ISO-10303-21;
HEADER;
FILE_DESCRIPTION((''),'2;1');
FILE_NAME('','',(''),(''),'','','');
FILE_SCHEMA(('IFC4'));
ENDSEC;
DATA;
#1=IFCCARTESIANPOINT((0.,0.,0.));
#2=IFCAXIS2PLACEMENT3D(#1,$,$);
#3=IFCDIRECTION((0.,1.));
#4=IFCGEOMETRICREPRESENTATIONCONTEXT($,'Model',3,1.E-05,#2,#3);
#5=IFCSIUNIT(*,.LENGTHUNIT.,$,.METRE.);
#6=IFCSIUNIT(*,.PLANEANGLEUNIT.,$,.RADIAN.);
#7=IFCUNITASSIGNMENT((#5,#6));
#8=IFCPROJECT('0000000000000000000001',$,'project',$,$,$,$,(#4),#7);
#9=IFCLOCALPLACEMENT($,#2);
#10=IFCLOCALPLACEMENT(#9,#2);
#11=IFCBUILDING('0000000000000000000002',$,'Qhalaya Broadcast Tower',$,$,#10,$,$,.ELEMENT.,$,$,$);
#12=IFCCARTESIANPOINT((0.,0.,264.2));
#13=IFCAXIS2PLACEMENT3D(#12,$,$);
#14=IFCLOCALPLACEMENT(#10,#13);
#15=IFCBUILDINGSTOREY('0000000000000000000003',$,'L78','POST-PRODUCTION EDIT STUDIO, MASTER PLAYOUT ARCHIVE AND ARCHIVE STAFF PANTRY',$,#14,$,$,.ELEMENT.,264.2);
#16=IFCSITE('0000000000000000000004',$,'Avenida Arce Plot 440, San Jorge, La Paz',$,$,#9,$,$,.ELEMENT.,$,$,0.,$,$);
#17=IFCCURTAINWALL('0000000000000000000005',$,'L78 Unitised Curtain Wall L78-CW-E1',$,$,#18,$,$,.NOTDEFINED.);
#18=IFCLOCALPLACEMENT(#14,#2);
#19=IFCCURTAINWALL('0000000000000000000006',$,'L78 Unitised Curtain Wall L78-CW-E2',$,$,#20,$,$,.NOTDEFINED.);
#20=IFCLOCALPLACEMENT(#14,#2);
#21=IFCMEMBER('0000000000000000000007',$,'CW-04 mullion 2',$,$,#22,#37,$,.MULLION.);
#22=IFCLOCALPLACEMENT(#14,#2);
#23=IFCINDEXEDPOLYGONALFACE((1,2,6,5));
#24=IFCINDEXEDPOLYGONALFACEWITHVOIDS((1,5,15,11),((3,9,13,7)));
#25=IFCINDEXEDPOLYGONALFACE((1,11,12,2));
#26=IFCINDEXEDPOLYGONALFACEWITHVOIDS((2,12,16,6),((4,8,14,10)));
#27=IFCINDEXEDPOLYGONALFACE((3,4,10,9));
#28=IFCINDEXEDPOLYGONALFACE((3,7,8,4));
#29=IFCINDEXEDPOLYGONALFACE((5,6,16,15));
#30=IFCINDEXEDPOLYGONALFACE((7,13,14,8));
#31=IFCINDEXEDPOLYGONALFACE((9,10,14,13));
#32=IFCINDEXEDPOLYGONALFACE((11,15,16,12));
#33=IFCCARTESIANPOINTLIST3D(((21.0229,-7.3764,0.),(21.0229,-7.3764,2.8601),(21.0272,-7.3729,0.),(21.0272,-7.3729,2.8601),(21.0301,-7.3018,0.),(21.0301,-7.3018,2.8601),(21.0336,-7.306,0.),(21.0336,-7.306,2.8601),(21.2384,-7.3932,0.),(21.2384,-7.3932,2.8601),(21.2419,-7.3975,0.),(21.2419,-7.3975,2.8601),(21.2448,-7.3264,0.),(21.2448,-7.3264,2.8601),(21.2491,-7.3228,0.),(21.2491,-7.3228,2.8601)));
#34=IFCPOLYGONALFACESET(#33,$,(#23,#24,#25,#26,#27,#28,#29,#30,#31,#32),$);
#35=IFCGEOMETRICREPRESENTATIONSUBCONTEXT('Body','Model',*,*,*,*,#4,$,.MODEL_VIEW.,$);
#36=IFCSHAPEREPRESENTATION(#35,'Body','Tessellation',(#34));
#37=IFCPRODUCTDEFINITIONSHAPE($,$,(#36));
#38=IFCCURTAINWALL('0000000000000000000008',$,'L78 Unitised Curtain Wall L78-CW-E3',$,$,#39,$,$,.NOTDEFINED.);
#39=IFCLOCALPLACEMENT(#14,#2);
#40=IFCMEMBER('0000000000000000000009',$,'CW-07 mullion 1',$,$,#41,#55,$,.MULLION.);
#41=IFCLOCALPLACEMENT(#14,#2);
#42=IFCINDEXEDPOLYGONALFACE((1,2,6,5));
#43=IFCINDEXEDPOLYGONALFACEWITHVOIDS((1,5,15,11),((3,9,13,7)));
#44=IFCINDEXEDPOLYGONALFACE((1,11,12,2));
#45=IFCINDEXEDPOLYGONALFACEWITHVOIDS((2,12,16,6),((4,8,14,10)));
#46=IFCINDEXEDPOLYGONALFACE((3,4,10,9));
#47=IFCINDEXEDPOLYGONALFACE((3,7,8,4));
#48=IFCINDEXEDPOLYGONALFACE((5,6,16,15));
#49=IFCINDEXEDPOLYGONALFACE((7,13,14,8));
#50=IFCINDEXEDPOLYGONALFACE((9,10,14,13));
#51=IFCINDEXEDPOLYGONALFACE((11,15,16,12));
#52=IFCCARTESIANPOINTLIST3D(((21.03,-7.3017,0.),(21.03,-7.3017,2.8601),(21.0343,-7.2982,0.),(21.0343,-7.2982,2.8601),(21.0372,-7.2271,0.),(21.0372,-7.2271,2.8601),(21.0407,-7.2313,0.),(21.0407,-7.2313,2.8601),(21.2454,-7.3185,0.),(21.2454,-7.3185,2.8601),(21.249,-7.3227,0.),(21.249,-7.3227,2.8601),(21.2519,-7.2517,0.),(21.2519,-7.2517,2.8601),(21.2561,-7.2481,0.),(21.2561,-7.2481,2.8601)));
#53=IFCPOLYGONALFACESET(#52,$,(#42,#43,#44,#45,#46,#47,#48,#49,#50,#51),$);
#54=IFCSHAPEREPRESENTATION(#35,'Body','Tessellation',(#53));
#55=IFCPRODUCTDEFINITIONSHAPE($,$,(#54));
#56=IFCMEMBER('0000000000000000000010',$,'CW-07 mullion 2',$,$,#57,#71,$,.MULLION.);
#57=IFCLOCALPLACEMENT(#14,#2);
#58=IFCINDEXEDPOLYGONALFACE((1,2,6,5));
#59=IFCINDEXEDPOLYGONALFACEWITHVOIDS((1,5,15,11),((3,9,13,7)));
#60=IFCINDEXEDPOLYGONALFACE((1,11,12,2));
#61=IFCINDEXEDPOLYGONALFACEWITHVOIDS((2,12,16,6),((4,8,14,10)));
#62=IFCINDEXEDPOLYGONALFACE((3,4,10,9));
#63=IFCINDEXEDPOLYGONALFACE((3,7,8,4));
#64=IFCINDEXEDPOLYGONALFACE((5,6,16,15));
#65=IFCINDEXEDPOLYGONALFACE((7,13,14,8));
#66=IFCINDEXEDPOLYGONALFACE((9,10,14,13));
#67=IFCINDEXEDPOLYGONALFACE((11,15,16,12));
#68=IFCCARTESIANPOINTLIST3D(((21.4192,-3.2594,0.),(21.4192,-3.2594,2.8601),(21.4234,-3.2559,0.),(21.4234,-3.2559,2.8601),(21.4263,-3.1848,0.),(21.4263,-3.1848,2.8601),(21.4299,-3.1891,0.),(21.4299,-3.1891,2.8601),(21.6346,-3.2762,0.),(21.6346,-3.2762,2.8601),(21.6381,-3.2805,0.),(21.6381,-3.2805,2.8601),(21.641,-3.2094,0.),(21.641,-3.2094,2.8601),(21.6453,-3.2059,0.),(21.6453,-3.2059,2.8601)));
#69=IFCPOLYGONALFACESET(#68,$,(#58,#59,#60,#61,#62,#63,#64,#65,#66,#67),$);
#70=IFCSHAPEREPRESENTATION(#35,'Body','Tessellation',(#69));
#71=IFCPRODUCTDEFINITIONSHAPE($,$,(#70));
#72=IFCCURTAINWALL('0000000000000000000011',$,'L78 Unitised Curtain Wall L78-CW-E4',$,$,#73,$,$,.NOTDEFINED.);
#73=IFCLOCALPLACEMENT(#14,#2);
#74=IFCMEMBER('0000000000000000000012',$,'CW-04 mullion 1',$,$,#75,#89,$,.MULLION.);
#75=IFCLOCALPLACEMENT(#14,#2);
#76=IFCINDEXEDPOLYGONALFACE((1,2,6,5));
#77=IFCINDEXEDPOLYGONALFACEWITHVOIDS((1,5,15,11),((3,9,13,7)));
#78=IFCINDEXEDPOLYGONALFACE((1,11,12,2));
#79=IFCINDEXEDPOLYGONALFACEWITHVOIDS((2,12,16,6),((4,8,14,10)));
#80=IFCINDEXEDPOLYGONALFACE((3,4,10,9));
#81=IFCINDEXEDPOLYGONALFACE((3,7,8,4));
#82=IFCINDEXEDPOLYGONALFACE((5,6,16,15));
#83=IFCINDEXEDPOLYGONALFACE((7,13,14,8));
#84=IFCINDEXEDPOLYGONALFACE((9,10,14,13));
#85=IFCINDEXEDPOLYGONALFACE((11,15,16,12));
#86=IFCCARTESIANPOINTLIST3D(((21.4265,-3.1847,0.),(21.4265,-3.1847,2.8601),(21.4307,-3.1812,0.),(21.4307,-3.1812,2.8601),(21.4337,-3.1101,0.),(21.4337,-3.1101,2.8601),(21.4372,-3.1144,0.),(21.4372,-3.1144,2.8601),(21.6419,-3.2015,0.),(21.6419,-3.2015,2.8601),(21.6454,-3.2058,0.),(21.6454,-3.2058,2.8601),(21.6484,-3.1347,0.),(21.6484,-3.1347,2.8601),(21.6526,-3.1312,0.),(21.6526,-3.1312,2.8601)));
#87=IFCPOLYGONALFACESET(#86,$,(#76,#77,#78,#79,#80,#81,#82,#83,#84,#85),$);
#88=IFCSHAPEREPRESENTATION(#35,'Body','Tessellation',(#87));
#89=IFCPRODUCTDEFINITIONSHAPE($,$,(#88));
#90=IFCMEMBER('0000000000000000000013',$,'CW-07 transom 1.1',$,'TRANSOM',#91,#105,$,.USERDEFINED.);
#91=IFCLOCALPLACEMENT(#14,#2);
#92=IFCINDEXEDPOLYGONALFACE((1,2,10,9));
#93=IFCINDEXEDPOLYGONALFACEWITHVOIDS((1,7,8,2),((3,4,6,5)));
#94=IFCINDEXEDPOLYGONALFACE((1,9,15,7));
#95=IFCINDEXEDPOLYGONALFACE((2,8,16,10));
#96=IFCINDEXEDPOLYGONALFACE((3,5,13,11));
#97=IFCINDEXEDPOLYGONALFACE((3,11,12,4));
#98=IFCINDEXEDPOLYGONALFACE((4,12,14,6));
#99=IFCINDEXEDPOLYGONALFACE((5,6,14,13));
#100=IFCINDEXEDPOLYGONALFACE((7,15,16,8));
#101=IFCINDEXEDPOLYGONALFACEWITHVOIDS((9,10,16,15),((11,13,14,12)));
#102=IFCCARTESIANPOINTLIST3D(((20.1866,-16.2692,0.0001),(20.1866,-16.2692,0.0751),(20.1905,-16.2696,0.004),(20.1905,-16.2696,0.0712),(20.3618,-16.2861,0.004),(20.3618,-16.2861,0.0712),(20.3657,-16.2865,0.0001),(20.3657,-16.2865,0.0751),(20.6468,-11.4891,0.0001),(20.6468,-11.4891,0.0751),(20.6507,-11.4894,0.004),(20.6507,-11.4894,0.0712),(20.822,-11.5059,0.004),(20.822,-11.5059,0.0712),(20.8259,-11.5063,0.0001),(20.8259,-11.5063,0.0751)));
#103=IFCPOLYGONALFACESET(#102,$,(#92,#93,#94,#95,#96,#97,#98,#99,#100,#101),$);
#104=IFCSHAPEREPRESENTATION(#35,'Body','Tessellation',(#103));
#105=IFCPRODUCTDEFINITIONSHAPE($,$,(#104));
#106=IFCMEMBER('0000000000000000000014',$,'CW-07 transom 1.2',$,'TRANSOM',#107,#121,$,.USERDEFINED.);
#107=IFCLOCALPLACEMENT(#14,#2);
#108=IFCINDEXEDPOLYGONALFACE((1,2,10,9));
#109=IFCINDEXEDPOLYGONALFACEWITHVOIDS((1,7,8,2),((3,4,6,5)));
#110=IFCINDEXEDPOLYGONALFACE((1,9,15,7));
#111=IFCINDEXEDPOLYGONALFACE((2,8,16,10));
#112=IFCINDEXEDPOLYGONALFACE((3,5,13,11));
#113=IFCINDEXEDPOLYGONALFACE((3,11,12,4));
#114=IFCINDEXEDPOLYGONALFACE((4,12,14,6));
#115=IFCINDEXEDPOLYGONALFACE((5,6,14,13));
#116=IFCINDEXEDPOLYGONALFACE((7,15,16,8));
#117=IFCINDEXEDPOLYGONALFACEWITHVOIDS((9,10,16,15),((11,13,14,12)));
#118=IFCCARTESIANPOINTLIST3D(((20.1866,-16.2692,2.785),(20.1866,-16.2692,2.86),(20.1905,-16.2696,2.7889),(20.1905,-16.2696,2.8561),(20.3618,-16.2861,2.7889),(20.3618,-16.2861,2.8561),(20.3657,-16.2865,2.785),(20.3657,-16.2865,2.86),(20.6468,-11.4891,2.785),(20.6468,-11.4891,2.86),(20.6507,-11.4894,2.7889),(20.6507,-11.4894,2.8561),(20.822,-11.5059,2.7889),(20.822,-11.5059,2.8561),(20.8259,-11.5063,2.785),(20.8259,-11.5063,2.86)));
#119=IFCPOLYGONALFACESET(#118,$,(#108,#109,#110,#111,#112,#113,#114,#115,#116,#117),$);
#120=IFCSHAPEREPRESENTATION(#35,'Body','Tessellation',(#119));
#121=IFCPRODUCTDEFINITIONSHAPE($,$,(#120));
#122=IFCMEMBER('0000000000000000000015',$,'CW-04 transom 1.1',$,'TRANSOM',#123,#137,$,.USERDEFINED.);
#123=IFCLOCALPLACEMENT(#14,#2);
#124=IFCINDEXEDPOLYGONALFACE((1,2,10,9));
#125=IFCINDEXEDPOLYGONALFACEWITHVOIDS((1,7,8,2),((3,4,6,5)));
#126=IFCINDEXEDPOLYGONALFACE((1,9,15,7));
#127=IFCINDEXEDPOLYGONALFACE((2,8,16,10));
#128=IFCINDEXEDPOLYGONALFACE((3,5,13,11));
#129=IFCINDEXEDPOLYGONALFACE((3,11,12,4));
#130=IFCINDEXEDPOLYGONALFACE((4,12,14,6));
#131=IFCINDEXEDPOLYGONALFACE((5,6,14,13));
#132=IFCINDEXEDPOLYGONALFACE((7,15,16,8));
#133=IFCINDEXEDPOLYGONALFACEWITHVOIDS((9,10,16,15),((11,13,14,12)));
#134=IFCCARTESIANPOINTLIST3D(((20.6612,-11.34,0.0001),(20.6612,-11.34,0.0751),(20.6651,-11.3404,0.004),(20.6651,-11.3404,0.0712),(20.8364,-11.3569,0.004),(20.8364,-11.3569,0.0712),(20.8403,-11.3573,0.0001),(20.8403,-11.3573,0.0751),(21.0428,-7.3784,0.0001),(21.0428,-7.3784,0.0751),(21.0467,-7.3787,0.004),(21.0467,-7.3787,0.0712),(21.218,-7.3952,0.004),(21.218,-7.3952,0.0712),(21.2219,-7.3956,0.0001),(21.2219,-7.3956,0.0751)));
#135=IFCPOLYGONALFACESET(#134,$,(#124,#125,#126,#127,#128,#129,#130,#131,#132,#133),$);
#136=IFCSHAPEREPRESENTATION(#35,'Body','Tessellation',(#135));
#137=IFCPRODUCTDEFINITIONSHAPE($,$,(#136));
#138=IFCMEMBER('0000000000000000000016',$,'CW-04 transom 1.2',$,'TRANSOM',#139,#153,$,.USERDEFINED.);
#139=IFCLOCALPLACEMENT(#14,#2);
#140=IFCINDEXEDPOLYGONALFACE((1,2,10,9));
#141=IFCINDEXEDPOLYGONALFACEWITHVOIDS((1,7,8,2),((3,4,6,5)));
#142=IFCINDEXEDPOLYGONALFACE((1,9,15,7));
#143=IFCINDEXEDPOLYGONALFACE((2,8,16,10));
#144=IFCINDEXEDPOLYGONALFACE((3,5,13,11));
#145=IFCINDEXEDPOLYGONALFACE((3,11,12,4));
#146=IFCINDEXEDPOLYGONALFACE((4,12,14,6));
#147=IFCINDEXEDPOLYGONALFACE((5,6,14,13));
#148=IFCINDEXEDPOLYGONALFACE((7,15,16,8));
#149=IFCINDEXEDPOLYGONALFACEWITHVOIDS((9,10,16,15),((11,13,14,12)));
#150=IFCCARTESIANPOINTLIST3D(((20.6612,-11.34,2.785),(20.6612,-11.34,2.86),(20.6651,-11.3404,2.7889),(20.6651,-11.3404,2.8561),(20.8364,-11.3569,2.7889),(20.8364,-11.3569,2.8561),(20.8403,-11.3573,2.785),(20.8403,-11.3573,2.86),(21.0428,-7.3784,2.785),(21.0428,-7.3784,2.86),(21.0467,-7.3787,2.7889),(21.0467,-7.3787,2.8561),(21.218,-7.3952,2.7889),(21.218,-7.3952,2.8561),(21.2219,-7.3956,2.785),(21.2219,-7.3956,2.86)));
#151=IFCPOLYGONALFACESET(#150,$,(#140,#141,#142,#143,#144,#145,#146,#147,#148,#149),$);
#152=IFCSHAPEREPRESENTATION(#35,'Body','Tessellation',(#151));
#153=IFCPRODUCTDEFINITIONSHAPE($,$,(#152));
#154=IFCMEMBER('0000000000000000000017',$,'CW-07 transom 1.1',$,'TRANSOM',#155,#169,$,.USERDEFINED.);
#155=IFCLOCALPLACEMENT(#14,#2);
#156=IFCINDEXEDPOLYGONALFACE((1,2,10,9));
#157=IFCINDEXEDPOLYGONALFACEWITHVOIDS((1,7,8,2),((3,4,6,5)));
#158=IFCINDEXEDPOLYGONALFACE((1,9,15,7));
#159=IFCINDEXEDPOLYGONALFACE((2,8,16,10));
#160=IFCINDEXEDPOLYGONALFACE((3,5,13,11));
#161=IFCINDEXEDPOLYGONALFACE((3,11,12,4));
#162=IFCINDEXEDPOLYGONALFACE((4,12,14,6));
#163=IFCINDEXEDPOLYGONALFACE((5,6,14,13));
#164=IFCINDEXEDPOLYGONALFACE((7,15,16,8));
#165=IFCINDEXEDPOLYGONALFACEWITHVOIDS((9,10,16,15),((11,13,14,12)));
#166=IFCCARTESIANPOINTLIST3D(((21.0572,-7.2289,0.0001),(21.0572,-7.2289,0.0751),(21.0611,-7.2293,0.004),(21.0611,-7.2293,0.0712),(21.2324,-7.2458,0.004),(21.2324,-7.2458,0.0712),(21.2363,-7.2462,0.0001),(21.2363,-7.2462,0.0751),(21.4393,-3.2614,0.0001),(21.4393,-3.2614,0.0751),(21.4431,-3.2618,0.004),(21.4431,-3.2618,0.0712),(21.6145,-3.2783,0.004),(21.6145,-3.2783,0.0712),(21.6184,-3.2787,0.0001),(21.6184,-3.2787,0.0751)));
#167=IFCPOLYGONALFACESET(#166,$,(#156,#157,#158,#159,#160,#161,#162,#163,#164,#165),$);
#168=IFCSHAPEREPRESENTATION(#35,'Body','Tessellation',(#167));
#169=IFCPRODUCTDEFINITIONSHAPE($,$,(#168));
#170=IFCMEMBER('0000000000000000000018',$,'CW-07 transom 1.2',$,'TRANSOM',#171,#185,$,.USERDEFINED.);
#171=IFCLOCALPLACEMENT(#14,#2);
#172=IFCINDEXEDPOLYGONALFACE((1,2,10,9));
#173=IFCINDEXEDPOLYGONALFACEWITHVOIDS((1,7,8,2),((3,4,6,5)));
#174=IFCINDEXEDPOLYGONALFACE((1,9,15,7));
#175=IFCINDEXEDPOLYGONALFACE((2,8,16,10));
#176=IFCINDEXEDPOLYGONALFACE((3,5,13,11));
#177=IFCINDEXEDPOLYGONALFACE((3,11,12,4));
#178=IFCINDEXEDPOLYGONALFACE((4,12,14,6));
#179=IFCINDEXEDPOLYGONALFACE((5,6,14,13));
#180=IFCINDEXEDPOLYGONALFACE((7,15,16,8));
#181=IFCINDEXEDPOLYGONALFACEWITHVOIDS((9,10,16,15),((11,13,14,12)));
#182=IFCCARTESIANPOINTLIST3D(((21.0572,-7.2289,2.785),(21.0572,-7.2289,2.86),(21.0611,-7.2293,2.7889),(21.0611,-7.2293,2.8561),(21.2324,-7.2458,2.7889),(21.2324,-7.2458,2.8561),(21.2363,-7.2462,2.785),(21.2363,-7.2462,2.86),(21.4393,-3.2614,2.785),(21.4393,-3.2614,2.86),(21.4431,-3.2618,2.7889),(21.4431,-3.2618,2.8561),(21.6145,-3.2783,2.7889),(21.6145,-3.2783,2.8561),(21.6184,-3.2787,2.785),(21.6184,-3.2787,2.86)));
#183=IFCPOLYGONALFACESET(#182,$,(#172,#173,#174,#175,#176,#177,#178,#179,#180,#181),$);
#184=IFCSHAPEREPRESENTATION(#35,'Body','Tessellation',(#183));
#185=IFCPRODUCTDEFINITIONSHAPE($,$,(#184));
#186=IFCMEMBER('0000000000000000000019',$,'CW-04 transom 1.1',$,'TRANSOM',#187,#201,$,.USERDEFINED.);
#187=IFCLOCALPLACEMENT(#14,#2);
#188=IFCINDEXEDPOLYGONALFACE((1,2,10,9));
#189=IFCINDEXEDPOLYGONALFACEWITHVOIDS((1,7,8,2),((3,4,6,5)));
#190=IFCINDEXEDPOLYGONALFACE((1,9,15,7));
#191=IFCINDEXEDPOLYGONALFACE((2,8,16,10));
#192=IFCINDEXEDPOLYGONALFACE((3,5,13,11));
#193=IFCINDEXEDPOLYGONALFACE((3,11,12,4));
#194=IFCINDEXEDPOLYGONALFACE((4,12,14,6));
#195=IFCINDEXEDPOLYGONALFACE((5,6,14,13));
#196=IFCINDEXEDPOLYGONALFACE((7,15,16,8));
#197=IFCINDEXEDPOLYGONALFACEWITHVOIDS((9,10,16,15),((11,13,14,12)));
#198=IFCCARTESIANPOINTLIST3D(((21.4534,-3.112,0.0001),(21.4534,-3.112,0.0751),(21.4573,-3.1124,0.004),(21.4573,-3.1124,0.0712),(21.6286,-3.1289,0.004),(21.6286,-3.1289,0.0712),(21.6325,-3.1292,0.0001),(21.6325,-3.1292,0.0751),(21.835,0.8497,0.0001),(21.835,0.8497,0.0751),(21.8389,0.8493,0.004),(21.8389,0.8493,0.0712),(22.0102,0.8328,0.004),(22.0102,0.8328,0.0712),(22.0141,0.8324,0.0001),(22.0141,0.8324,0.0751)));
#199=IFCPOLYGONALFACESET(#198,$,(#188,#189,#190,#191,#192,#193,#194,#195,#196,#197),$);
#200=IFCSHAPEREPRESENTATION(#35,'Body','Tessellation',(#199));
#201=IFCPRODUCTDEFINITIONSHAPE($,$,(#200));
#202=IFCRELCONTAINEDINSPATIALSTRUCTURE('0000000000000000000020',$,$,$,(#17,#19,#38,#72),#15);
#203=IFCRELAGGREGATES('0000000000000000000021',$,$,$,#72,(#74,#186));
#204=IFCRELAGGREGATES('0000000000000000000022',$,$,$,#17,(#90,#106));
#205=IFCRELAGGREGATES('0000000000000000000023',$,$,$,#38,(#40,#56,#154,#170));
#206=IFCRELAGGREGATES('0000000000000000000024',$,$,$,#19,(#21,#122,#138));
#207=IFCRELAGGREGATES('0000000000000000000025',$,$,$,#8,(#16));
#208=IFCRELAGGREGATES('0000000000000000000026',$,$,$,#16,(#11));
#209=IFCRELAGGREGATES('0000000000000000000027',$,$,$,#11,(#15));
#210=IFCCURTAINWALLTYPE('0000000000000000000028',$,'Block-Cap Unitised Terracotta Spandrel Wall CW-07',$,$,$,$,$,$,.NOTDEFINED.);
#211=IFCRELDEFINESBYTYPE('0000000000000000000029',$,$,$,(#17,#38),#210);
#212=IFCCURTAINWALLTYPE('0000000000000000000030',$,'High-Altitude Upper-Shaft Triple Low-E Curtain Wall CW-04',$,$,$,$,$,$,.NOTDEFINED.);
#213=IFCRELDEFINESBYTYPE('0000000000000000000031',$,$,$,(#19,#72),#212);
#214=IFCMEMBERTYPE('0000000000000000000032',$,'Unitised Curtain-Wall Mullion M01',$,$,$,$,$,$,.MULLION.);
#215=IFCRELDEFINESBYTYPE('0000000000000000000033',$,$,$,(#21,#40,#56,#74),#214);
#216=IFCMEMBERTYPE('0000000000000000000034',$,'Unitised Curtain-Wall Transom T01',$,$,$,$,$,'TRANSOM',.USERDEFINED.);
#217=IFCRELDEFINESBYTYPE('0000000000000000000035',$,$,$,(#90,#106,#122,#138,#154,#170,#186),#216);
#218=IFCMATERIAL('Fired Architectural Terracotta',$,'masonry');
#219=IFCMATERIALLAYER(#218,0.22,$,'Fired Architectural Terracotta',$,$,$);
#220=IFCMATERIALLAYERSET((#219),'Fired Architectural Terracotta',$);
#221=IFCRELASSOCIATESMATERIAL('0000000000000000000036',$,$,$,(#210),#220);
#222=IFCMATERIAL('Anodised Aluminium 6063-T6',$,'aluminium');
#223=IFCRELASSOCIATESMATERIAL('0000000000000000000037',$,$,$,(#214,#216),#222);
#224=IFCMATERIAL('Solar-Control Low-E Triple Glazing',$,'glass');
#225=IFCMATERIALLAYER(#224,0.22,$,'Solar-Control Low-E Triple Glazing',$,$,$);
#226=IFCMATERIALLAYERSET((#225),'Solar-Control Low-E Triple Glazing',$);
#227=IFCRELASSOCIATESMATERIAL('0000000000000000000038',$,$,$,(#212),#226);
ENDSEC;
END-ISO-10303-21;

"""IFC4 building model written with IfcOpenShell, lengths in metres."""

from ifc_helpers import new_model, si_unit, direction, frame, origin, origin_2d, place, context, subcontext, project, spatial, hollow_rectangle, extrude, material, layer, layer_set, material_profile, profile_set, type_object, element, aggregate, save


model = new_model("IFC4")

# Units and contexts
model_context = context("Model", 3, precision=1e-05, world=origin(), true_north=direction((0.0, 1.0)))
body_context = subcontext(model_context, "Body", "Model", "MODEL_VIEW")
ifc_project = project(units=[si_unit("LENGTHUNIT", "METRE"), si_unit("PLANEANGLEUNIT", "RADIAN")], contexts=[model_context])

# Site, building, storey
site_placement = place(None, origin())
site = spatial("IfcSite", under=ifc_project, at=site_placement, Name="Avenida Arce Plot 440, San Jorge, La Paz", CompositionType="ELEMENT", RefElevation=0.0)
building_placement = place(site_placement, origin())
building = spatial("IfcBuilding", under=site, at=building_placement, Name="Qhalaya Broadcast Tower", CompositionType="ELEMENT")
storey_placement = place(building_placement, frame((0.0, 0.0, 264.2)))
storey = spatial("IfcBuildingStorey", under=building, at=storey_placement, Name="L78", Description="POST-PRODUCTION EDIT STUDIO, MASTER PLAYOUT ARCHIVE AND ARCHIVE STAFF PANTRY", CompositionType="ELEMENT", Elevation=264.2)

# Shared definitions
ifc_material_1 = material(Name="Fired Architectural Terracotta", Category="masonry")
ifc_layer_1 = layer(ifc_material_1, 0.22, Name="Fired Architectural Terracotta")
ifc_layer_set_1 = layer_set([ifc_layer_1], Name="Fired Architectural Terracotta")
curtain_wall_type_1 = type_object("IfcCurtainWallType", Name="Block-Cap Unitised Terracotta Spandrel Wall CW-07", PredefinedType="NOTDEFINED", material=ifc_layer_set_1)
ifc_material_2 = material(Name="Anodised Aluminium 6063-T6", Category="aluminium")
ifc_material_profile_1 = material_profile(ifc_material_2, hollow_rectangle(XDim=0.075, YDim=0.22, WallThickness=0.0039, at=origin_2d()), Name="ALU-MUL 75x220x4")
ifc_profile_set_1 = profile_set([ifc_material_profile_1], Name="Anodised Aluminium 6063-T6")
member_type_1 = type_object("IfcMemberType", Name="Unitised Curtain-Wall Mullion M01", PredefinedType="MULLION", material=ifc_profile_set_1)

# Curtain walls, members
curtain_wall_1_placement = place(storey_placement, origin())
curtain_wall_1 = element("IfcCurtainWall", 1, at=curtain_wall_1_placement, inside=storey, type_object=curtain_wall_type_1, Name="L78 Unitised Curtain Wall L78-CW-E1", PredefinedType="NOTDEFINED")
ifc_material_3 = material(Name="Solar-Control Low-E Triple Glazing", Category="glass")
ifc_layer_2 = layer(ifc_material_3, 0.22, Name="Solar-Control Low-E Triple Glazing")
ifc_layer_set_2 = layer_set([ifc_layer_2], Name="Solar-Control Low-E Triple Glazing")
curtain_wall_type_2 = type_object("IfcCurtainWallType", Name="High-Altitude Upper-Shaft Triple Low-E Curtain Wall CW-04", PredefinedType="NOTDEFINED", material=ifc_layer_set_2)
curtain_wall_2_placement = place(storey_placement, origin())
curtain_wall_2 = element("IfcCurtainWall", 2, at=curtain_wall_2_placement, inside=storey, type_object=curtain_wall_type_2, Name="L78 Unitised Curtain Wall L78-CW-E2", PredefinedType="NOTDEFINED")
member_1_placement = place(storey_placement, frame((21.136, -7.3496, 0.0), z_axis=(0.0, 0.0, 1.0), x_axis=(0.095859, 0.995395, 0.0)))
member_1 = element("IfcMember", 3, at=member_1_placement, type_object=member_type_1, Name="CW-04 mullion 2", PredefinedType="MULLION", context=body_context, shape_type="SweptSolid", body=[
    extrude(hollow_rectangle(XDim=0.075, YDim=0.22, WallThickness=0.0039, at=origin_2d()), origin(), (0.0, 0.0, 1.0), 2.8601),
])
curtain_wall_3_placement = place(storey_placement, origin())
curtain_wall_3 = element("IfcCurtainWall", 4, at=curtain_wall_3_placement, inside=storey, type_object=curtain_wall_type_1, Name="L78 Unitised Curtain Wall L78-CW-E3", PredefinedType="NOTDEFINED")
member_2_placement = place(storey_placement, frame((21.1431, -7.2749, 0.0), z_axis=(0.0, 0.0, 1.0), x_axis=(0.095843, 0.995396, 0.0)))
member_2 = element("IfcMember", 5, at=member_2_placement, type_object=member_type_1, Name="CW-07 mullion 1", PredefinedType="MULLION", context=body_context, shape_type="SweptSolid", body=[
    extrude(hollow_rectangle(XDim=0.075, YDim=0.22, WallThickness=0.0039, at=origin_2d()), origin(), (0.0, 0.0, 1.0), 2.8601),
])
member_3_placement = place(storey_placement, frame((21.5322, -3.2327, 0.0), z_axis=(0.0, 0.0, 1.0), x_axis=(0.095843, 0.995396, 0.0)))
member_3 = element("IfcMember", 6, at=member_3_placement, type_object=member_type_1, Name="CW-07 mullion 2", PredefinedType="MULLION", context=body_context, shape_type="SweptSolid", body=[
    extrude(hollow_rectangle(XDim=0.075, YDim=0.22, WallThickness=0.0039, at=origin_2d()), origin(), (0.0, 0.0, 1.0), 2.8601),
])

# Curtain wall, member
curtain_wall_4_placement = place(storey_placement, origin())
curtain_wall_4 = element("IfcCurtainWall", 7, at=curtain_wall_4_placement, inside=storey, type_object=curtain_wall_type_2, Name="L78 Unitised Curtain Wall L78-CW-E4", PredefinedType="NOTDEFINED")
member_4_placement = place(storey_placement, frame((21.5396, -3.158, 0.0), z_axis=(0.0, 0.0, 1.0), x_axis=(0.095859, 0.995395, 0.0)))
member_4 = element("IfcMember", 8, at=member_4_placement, type_object=member_type_1, Name="CW-04 mullion 1", PredefinedType="MULLION", context=body_context, shape_type="SweptSolid", body=[
    extrude(hollow_rectangle(XDim=0.075, YDim=0.22, WallThickness=0.0039, at=origin_2d()), origin(), (0.0, 0.0, 1.0), 2.8601),
])

# Members
ifc_material_profile_2 = material_profile(ifc_material_2, hollow_rectangle(XDim=0.075, YDim=0.1799, WallThickness=0.0039, at=origin_2d()), Name="ALU-TRN 75x180x4")
ifc_profile_set_2 = profile_set([ifc_material_profile_2], Name="Anodised Aluminium 6063-T6")
member_type_2 = type_object("IfcMemberType", Name="Unitised Curtain-Wall Transom T01", ElementType="TRANSOM", PredefinedType="USERDEFINED", material=ifc_profile_set_2)
member_5_placement = place(storey_placement, frame((20.2761, -16.2778, 0.0376), z_axis=(0.095833, 0.995397, 0.0), x_axis=(0.0, 0.0, 1.0)))
member_5 = element("IfcMember", 9, at=member_5_placement, type_object=member_type_2, Name="CW-07 transom 1.1", ObjectType="TRANSOM", PredefinedType="USERDEFINED", context=body_context, shape_type="SweptSolid", body=[
    extrude(hollow_rectangle(XDim=0.075, YDim=0.1799, WallThickness=0.0039, at=origin_2d()), origin(), (0.0, 0.0, 1.0), 4.8022),
])
member_6_placement = place(storey_placement, frame((20.2761, -16.2778, 2.8225), z_axis=(0.095833, 0.995397, 0.0), x_axis=(0.0, 0.0, 1.0)))
member_6 = element("IfcMember", 10, at=member_6_placement, type_object=member_type_2, Name="CW-07 transom 1.2", ObjectType="TRANSOM", PredefinedType="USERDEFINED", context=body_context, shape_type="SweptSolid", body=[
    extrude(hollow_rectangle(XDim=0.075, YDim=0.1799, WallThickness=0.0039, at=origin_2d()), origin(), (0.0, 0.0, 1.0), 4.8022),
])
member_7_placement = place(storey_placement, frame((20.7507, -11.3486, 0.0376), z_axis=(0.095877, 0.995393, 0.0), x_axis=(0.0, 0.0, 1.0)))
member_7 = element("IfcMember", 11, at=member_7_placement, type_object=member_type_2, Name="CW-04 transom 1.1", ObjectType="TRANSOM", PredefinedType="USERDEFINED", context=body_context, shape_type="SweptSolid", body=[
    extrude(hollow_rectangle(XDim=0.075, YDim=0.1799, WallThickness=0.0039, at=origin_2d()), origin(), (0.0, 0.0, 1.0), 3.98),
])
member_8_placement = place(storey_placement, frame((20.7507, -11.3486, 2.8225), z_axis=(0.095877, 0.995393, 0.0), x_axis=(0.0, 0.0, 1.0)))
member_8 = element("IfcMember", 12, at=member_8_placement, type_object=member_type_2, Name="CW-04 transom 1.2", ObjectType="TRANSOM", PredefinedType="USERDEFINED", context=body_context, shape_type="SweptSolid", body=[
    extrude(hollow_rectangle(XDim=0.075, YDim=0.1799, WallThickness=0.0039, at=origin_2d()), origin(), (0.0, 0.0, 1.0), 3.98),
])
member_9_placement = place(storey_placement, frame((21.1467, -7.2375, 0.0376), z_axis=(0.095858, 0.995395, 0.0), x_axis=(0.0, 0.0, 1.0)))
member_9 = element("IfcMember", 13, at=member_9_placement, type_object=member_type_2, Name="CW-07 transom 1.1", ObjectType="TRANSOM", PredefinedType="USERDEFINED", context=body_context, shape_type="SweptSolid", body=[
    extrude(hollow_rectangle(XDim=0.075, YDim=0.1799, WallThickness=0.0039, at=origin_2d()), origin(), (0.0, 0.0, 1.0), 3.9858),
])
member_10_placement = place(storey_placement, frame((21.1467, -7.2375, 2.8225), z_axis=(0.095858, 0.995395, 0.0), x_axis=(0.0, 0.0, 1.0)))
member_10 = element("IfcMember", 14, at=member_10_placement, type_object=member_type_2, Name="CW-07 transom 1.2", ObjectType="TRANSOM", PredefinedType="USERDEFINED", context=body_context, shape_type="SweptSolid", body=[
    extrude(hollow_rectangle(XDim=0.075, YDim=0.1799, WallThickness=0.0039, at=origin_2d()), origin(), (0.0, 0.0, 1.0), 3.9858),
])
member_11_placement = place(storey_placement, frame((21.543, -3.1206, 0.0376), z_axis=(0.095877, 0.995393, 0.0), x_axis=(0.0, 0.0, 1.0)))
member_11 = element("IfcMember", 15, at=member_11_placement, type_object=member_type_2, Name="CW-04 transom 1.1", ObjectType="TRANSOM", PredefinedType="USERDEFINED", context=body_context, shape_type="SweptSolid", body=[
    extrude(hollow_rectangle(XDim=0.075, YDim=0.1799, WallThickness=0.0039, at=origin_2d()), origin(), (0.0, 0.0, 1.0), 3.98),
])
aggregate(curtain_wall_4, [member_4, member_11])

aggregate(curtain_wall_1, [member_5, member_6])
aggregate(curtain_wall_3, [member_2, member_3, member_9, member_10])
aggregate(curtain_wall_2, [member_1, member_7, member_8])

save(model, "model.ifc")
